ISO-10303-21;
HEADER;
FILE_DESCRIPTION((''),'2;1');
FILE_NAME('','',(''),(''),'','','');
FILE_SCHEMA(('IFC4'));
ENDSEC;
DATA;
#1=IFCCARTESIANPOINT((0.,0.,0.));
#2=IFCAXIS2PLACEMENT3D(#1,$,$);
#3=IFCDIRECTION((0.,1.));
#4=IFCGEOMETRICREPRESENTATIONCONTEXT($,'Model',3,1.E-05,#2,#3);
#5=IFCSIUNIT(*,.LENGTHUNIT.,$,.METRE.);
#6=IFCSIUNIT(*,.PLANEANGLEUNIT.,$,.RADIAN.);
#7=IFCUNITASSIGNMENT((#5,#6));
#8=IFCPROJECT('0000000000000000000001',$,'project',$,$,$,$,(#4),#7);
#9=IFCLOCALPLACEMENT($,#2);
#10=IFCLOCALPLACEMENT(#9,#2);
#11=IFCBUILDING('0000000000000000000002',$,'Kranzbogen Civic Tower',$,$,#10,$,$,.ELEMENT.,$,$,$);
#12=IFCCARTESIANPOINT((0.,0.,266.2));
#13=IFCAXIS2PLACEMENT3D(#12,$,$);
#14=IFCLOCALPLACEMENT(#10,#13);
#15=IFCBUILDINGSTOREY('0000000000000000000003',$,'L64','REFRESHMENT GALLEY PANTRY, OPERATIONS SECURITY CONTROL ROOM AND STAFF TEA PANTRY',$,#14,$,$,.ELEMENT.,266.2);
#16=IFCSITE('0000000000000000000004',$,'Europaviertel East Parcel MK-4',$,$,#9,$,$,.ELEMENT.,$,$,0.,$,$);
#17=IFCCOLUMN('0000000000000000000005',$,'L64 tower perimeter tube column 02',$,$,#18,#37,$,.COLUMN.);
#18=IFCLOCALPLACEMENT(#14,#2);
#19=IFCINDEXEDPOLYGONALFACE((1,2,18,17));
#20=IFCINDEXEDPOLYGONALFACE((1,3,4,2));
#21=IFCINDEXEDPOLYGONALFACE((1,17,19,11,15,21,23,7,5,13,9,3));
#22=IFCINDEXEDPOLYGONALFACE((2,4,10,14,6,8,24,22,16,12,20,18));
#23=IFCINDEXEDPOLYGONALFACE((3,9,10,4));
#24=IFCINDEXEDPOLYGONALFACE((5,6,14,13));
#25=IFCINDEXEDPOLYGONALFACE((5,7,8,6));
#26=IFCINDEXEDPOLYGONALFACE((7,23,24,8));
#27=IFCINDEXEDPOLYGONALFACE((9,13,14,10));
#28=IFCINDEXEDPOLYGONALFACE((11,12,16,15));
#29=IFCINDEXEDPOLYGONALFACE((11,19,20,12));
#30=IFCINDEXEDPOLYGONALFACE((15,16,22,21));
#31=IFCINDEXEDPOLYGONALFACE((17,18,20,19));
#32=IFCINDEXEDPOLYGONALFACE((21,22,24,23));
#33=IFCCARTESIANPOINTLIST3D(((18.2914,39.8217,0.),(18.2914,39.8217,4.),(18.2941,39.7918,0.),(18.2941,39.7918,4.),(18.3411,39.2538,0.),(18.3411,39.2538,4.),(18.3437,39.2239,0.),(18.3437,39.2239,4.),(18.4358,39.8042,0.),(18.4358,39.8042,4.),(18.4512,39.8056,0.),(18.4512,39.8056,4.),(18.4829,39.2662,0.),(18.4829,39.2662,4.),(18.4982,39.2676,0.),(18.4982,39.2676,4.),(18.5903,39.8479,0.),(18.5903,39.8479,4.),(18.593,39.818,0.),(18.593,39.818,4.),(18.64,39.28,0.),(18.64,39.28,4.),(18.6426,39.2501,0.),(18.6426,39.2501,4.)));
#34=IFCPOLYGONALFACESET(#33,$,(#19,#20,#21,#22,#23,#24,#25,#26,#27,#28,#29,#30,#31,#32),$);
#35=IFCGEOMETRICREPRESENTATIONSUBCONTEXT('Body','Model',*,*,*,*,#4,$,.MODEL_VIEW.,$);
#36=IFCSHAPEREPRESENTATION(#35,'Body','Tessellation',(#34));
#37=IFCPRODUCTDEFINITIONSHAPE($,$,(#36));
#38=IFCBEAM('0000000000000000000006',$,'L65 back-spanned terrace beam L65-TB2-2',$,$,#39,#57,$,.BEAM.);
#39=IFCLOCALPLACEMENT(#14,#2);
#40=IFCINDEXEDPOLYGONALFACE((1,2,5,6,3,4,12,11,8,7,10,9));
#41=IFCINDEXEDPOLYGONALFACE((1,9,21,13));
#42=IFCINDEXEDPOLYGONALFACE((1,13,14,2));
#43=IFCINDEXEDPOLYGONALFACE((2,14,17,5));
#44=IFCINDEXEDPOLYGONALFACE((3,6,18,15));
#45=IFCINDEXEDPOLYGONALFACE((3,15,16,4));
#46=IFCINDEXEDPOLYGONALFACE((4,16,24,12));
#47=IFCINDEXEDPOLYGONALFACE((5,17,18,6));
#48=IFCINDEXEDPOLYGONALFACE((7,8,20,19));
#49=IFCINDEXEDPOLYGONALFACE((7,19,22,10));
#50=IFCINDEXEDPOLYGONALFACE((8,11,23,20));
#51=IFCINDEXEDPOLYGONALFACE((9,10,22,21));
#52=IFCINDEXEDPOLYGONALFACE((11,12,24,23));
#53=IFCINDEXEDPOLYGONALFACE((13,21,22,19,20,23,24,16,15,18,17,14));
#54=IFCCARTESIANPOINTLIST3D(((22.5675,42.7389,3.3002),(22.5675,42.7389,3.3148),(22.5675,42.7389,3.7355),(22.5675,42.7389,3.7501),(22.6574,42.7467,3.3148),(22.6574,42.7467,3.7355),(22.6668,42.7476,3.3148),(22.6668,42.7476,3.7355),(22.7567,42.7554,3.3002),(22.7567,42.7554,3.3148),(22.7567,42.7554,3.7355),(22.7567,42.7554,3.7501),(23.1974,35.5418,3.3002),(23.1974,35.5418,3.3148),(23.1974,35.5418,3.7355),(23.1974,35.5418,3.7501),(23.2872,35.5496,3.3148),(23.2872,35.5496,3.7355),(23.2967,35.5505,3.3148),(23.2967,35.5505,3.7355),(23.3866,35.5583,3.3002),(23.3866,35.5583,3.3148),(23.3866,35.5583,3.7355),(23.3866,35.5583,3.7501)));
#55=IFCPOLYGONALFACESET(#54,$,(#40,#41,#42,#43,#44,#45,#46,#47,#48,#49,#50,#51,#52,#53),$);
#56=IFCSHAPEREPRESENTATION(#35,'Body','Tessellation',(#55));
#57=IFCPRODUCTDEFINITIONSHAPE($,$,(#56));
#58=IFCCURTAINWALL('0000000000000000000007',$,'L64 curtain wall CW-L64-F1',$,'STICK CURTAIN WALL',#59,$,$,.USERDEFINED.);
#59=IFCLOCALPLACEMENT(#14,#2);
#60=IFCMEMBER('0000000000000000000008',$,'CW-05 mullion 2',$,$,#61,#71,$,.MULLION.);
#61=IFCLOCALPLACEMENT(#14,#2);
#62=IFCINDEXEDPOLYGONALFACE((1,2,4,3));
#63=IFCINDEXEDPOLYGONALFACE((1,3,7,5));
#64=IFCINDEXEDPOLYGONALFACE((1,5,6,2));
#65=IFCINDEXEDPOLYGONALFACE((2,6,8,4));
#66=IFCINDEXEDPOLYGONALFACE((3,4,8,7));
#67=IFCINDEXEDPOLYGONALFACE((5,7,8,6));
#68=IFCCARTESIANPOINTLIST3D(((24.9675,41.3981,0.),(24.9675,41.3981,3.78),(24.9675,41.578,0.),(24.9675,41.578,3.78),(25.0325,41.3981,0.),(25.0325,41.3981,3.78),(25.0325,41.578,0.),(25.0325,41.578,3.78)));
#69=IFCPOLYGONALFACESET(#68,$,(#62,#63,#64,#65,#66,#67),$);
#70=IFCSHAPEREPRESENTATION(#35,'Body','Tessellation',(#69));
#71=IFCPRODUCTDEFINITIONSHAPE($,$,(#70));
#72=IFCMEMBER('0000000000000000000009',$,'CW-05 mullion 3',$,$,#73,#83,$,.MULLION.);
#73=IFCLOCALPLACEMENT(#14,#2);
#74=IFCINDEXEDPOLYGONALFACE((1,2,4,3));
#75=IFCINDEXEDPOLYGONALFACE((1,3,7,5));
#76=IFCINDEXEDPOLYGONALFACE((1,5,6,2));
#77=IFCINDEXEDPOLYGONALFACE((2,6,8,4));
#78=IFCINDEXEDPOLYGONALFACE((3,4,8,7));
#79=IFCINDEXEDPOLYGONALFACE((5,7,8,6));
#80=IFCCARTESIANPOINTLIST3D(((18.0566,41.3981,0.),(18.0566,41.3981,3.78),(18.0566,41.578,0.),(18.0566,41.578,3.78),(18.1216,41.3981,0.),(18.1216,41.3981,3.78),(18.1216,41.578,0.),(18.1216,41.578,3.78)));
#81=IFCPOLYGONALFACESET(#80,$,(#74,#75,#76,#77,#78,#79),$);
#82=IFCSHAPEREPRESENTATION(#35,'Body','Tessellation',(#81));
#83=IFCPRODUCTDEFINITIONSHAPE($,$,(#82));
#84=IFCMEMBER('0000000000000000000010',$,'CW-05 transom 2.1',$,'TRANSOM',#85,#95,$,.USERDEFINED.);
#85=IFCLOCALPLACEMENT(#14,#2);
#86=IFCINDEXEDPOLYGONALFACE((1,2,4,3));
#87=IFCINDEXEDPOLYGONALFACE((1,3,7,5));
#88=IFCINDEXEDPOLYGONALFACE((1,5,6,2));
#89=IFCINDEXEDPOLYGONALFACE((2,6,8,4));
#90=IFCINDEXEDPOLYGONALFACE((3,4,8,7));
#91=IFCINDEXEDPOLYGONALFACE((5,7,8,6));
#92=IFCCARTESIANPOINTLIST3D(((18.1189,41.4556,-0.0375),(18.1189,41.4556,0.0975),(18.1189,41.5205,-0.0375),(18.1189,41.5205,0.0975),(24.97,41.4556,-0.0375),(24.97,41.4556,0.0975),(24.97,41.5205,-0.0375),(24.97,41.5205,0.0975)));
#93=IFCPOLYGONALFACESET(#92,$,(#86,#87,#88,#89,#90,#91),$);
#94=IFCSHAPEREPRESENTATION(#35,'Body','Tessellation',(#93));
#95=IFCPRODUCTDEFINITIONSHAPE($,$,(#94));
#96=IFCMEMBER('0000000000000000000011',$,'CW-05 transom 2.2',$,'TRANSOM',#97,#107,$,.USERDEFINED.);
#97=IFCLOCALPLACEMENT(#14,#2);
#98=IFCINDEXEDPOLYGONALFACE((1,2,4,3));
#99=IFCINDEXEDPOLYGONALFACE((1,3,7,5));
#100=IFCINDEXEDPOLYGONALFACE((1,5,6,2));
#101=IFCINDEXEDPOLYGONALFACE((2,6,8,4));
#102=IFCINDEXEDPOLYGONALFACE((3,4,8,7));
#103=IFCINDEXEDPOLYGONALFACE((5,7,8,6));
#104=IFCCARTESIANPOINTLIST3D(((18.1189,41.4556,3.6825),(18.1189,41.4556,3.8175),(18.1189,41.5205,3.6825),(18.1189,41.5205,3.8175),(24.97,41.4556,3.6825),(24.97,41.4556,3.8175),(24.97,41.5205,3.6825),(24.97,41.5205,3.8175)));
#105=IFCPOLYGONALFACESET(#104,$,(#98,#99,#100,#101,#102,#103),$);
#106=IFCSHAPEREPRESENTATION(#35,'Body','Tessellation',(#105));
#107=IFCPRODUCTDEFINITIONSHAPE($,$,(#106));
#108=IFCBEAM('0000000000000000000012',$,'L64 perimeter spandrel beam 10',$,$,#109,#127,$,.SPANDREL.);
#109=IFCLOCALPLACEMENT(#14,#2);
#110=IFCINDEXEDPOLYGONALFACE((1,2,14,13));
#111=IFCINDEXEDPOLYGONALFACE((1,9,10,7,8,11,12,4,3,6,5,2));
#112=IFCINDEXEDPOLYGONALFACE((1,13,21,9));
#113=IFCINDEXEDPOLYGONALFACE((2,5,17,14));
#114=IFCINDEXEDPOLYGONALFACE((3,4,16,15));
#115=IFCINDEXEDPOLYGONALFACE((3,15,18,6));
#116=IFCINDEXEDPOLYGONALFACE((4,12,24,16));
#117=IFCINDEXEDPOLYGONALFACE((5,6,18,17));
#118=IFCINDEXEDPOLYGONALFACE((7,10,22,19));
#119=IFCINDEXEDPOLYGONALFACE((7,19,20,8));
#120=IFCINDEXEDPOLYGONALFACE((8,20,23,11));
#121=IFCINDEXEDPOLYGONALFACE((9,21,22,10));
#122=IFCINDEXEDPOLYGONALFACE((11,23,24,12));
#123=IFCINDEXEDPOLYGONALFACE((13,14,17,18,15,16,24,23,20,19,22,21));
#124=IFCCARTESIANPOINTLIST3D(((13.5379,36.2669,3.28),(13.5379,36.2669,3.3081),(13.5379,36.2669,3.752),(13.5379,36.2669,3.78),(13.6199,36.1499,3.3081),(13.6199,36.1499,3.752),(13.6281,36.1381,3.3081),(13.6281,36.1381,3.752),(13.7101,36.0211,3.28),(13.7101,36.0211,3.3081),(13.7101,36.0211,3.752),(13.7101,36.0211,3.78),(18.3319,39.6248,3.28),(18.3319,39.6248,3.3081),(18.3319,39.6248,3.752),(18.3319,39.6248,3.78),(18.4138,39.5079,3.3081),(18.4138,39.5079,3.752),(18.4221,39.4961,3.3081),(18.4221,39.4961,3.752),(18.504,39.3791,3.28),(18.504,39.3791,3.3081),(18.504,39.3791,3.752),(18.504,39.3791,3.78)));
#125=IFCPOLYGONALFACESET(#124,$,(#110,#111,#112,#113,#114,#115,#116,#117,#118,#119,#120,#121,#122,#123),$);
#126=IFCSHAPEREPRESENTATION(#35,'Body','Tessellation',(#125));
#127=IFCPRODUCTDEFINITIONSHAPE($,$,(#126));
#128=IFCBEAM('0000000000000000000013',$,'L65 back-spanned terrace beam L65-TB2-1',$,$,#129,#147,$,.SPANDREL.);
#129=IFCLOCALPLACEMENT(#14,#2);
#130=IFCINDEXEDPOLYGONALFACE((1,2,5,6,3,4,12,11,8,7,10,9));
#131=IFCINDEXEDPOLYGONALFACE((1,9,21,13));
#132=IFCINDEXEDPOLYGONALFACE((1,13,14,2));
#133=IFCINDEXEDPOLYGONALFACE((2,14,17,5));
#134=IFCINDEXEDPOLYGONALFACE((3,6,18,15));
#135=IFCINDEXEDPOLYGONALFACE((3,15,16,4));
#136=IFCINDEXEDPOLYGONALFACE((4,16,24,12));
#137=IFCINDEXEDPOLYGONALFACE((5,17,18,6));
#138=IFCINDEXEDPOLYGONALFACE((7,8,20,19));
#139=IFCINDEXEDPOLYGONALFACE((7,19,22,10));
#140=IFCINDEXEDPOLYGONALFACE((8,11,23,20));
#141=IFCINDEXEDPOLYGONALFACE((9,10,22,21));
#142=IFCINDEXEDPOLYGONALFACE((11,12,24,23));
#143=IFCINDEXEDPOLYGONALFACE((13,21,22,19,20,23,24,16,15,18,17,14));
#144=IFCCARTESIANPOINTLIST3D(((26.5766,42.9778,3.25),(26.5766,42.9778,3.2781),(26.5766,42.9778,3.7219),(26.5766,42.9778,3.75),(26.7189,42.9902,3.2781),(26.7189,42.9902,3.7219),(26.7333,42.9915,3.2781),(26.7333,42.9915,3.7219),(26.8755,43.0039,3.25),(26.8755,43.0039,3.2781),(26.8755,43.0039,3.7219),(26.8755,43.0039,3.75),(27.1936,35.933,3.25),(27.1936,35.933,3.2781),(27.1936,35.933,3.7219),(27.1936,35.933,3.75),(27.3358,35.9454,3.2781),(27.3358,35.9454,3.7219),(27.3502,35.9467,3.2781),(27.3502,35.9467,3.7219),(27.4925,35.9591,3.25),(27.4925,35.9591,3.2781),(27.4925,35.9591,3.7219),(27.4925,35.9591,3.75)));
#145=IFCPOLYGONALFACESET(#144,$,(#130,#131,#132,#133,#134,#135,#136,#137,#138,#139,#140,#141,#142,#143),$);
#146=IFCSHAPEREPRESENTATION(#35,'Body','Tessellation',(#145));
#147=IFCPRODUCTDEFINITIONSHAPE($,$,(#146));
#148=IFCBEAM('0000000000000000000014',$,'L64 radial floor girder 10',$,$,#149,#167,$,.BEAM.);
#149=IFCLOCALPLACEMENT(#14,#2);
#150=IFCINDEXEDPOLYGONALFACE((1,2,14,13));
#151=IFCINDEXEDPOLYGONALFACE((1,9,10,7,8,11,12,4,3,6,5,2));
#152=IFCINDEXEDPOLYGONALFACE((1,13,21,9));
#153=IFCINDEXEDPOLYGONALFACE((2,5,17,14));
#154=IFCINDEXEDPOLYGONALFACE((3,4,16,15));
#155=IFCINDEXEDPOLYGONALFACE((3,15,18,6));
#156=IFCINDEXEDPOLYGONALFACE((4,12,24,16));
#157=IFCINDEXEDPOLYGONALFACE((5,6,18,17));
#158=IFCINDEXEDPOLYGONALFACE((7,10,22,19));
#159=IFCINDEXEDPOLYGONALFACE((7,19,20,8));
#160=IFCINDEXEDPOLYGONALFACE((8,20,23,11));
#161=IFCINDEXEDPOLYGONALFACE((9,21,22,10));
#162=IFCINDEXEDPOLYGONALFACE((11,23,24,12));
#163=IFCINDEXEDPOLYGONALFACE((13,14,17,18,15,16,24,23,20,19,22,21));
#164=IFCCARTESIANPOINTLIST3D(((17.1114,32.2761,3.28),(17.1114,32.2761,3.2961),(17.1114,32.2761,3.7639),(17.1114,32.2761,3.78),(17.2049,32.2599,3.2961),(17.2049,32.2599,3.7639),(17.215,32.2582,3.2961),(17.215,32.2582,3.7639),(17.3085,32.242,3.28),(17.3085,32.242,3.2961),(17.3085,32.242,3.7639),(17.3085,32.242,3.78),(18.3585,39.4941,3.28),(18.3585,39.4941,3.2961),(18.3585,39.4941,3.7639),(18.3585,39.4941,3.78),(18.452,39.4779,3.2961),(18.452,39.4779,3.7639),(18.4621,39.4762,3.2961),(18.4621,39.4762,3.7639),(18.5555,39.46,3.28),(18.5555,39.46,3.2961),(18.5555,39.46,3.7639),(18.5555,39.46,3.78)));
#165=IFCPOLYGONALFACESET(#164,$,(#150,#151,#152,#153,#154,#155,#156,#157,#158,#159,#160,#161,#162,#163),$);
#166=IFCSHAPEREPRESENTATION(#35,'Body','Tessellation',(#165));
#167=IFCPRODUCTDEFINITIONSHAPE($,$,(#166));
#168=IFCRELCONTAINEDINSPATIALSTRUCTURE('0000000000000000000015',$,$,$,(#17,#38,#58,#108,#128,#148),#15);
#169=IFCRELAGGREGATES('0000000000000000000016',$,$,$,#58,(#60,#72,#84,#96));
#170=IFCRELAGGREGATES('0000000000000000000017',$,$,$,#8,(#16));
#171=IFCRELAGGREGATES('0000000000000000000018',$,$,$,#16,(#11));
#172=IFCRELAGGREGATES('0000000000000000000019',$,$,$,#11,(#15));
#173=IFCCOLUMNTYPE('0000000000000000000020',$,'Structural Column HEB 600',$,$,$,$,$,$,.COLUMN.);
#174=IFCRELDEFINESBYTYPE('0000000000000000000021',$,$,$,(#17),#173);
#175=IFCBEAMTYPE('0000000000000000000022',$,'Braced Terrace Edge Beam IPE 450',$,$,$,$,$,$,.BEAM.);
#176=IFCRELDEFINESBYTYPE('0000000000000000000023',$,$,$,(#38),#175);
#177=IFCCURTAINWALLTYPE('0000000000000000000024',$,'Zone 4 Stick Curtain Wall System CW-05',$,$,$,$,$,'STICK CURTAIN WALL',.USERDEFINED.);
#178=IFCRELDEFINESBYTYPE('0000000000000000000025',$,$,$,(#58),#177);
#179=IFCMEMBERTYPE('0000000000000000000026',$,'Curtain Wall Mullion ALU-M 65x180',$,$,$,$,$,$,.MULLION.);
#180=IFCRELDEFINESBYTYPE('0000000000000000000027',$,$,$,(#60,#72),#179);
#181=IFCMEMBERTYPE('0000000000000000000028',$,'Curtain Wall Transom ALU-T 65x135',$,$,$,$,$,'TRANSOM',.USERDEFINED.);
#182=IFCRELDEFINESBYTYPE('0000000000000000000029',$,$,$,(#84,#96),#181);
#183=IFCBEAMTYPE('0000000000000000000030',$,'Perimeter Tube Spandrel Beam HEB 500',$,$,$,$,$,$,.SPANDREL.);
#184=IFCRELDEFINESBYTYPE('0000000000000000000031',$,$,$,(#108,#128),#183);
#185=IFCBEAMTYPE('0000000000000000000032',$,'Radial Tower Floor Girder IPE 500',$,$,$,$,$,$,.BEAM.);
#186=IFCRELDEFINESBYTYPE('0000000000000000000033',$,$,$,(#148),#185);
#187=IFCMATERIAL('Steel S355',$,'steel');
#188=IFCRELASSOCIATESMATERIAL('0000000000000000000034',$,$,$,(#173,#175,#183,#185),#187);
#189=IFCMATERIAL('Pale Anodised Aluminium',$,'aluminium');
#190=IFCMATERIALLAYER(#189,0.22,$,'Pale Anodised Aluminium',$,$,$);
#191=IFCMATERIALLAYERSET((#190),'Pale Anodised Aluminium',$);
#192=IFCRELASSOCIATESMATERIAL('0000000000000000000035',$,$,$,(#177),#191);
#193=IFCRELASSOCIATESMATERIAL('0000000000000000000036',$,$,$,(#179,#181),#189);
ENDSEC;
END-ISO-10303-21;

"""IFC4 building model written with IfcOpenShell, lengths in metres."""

from ifc_helpers import new_model, si_unit, direction, frame, origin, origin_2d, place, context, subcontext, project, spatial, rectangle, i_section, extrude, material, layer, layer_set, material_profile, profile_set, type_object, element, aggregate, save


model = new_model("IFC4")

# Units and contexts
model_context = context("Model", 3, precision=1e-05, world=origin(), true_north=direction((0.0, 1.0)))
body_context = subcontext(model_context, "Body", "Model", "MODEL_VIEW")
ifc_project = project(units=[si_unit("LENGTHUNIT", "METRE"), si_unit("PLANEANGLEUNIT", "RADIAN")], contexts=[model_context])

# Site, building, storey
site_placement = place(None, origin())
site = spatial("IfcSite", under=ifc_project, at=site_placement, Name="Europaviertel East Parcel MK-4", CompositionType="ELEMENT", RefElevation=0.0)
building_placement = place(site_placement, origin())
building = spatial("IfcBuilding", under=site, at=building_placement, Name="Kranzbogen Civic Tower", CompositionType="ELEMENT")
storey_placement = place(building_placement, frame((0.0, 0.0, 266.2)))
storey = spatial("IfcBuildingStorey", under=building, at=storey_placement, Name="L64", Description="REFRESHMENT GALLEY PANTRY, OPERATIONS SECURITY CONTROL ROOM AND STAFF TEA PANTRY", CompositionType="ELEMENT", Elevation=266.2)

# Column
ifc_material_1 = material(Name="Steel S355", Category="steel")
ifc_material_profile_1 = material_profile(ifc_material_1, i_section(OverallWidth=0.3, OverallDepth=0.6001, WebThickness=0.0154, FlangeThickness=0.03, at=origin_2d()), Name="HEB 600")
ifc_profile_set_1 = profile_set([ifc_material_profile_1], Name="Steel S355")
column_type = type_object("IfcColumnType", Name="Structural Column HEB 600", PredefinedType="COLUMN", material=ifc_profile_set_1)
column_placement = place(storey_placement, frame((18.467, 39.5359, 0.0), z_axis=(0.0, 0.0, 1.0), x_axis=(0.996195, 0.087156, 0.0)))
element("IfcColumn", 1, at=column_placement, inside=storey, type_object=column_type, Name="L64 tower perimeter tube column 02", PredefinedType="COLUMN", context=body_context, shape_type="SweptSolid", body=[
    extrude(i_section(OverallWidth=0.3, OverallDepth=0.6001, WebThickness=0.0154, FlangeThickness=0.03, at=origin_2d()), origin(), (0.0, 0.0, 1.0), 4.0),
])

# Beam
ifc_material_profile_2 = material_profile(ifc_material_1, i_section(OverallWidth=0.1899, OverallDepth=0.45, WebThickness=0.0095, FlangeThickness=0.0146, at=origin_2d()), Name="IPE 450")
ifc_profile_set_2 = profile_set([ifc_material_profile_2], Name="Steel S355")
beam_type_1 = type_object("IfcBeamType", Name="Braced Terrace Edge Beam IPE 450", PredefinedType="BEAM", material=ifc_profile_set_2)
beam_1_placement = place(storey_placement, frame((23.292, 35.55, 3.5251), z_axis=(-0.087187, 0.996192, 0.0), x_axis=(-0.996192, -0.087187, 0.0)))
element("IfcBeam", 2, at=beam_1_placement, inside=storey, type_object=beam_type_1, Name="L65 back-spanned terrace beam L65-TB2-2", PredefinedType="BEAM", context=body_context, shape_type="SweptSolid", body=[
    extrude(i_section(OverallWidth=0.1899, OverallDepth=0.45, WebThickness=0.0095, FlangeThickness=0.0146, at=origin_2d()), origin(), (0.0, 0.0, 1.0), 7.2246),
])

# Curtain wall, members
ifc_material_2 = material(Name="Pale Anodised Aluminium", Category="aluminium")
ifc_layer_1 = layer(ifc_material_2, 0.22, Name="Pale Anodised Aluminium")
ifc_layer_set_1 = layer_set([ifc_layer_1], Name="Pale Anodised Aluminium")
curtain_wall_type = type_object("IfcCurtainWallType", Name="Zone 4 Stick Curtain Wall System CW-05", ElementType="STICK CURTAIN WALL", PredefinedType="USERDEFINED", material=ifc_layer_set_1)
curtain_wall_placement = place(storey_placement, origin())
curtain_wall = element("IfcCurtainWall", 3, at=curtain_wall_placement, inside=storey, type_object=curtain_wall_type, Name="L64 curtain wall CW-L64-F1", ObjectType="STICK CURTAIN WALL", PredefinedType="USERDEFINED")
ifc_material_profile_3 = material_profile(ifc_material_2, rectangle(XDim=0.0649, YDim=0.1799, at=origin_2d()), Name="ALU-M 65x180")
ifc_profile_set_3 = profile_set([ifc_material_profile_3], Name="Pale Anodised Aluminium")
member_type_1 = type_object("IfcMemberType", Name="Curtain Wall Mullion ALU-M 65x180", PredefinedType="MULLION", material=ifc_profile_set_3)
member_1_placement = place(storey_placement, frame((25.0, 41.488, 0.0), z_axis=(0.0, 0.0, 1.0), x_axis=(-1.0, 0.0, 0.0)))
member_1 = element("IfcMember", 4, at=member_1_placement, type_object=member_type_1, Name="CW-05 mullion 2", PredefinedType="MULLION", context=body_context, shape_type="SweptSolid", body=[
    extrude(rectangle(XDim=0.0649, YDim=0.1799, at=origin_2d()), origin(), (0.0, 0.0, 1.0), 3.78),
])
member_2_placement = place(storey_placement, frame((18.0891, 41.488, 0.0), z_axis=(0.0, 0.0, 1.0), x_axis=(-1.0, 0.0, 0.0)))
member_2 = element("IfcMember", 5, at=member_2_placement, type_object=member_type_1, Name="CW-05 mullion 3", PredefinedType="MULLION", context=body_context, shape_type="SweptSolid", body=[
    extrude(rectangle(XDim=0.0649, YDim=0.1799, at=origin_2d()), origin(), (0.0, 0.0, 1.0), 3.78),
])
ifc_material_profile_4 = material_profile(ifc_material_2, rectangle(XDim=0.0649, YDim=0.135, at=origin_2d()), Name="ALU-T 65x135")
ifc_profile_set_4 = profile_set([ifc_material_profile_4], Name="Pale Anodised Aluminium")
member_type_2 = type_object("IfcMemberType", Name="Curtain Wall Transom ALU-T 65x135", ElementType="TRANSOM", PredefinedType="USERDEFINED", material=ifc_profile_set_4)
member_3_placement = place(storey_placement, frame((24.97, 41.488, 0.03), z_axis=(-1.0, 0.0, 0.0), x_axis=(0.0, -1.0, 0.0)))
member_3 = element("IfcMember", 6, at=member_3_placement, type_object=member_type_2, Name="CW-05 transom 2.1", ObjectType="TRANSOM", PredefinedType="USERDEFINED", context=body_context, shape_type="SweptSolid", body=[
    extrude(rectangle(XDim=0.0649, YDim=0.135, at=origin_2d()), origin(), (0.0, 0.0, 1.0), 6.8511),
])
member_4_placement = place(storey_placement, frame((24.97, 41.488, 3.75), z_axis=(-1.0, 0.0, 0.0), x_axis=(0.0, -1.0, 0.0)))
member_4 = element("IfcMember", 7, at=member_4_placement, type_object=member_type_2, Name="CW-05 transom 2.2", ObjectType="TRANSOM", PredefinedType="USERDEFINED", context=body_context, shape_type="SweptSolid", body=[
    extrude(rectangle(XDim=0.0649, YDim=0.135, at=origin_2d()), origin(), (0.0, 0.0, 1.0), 6.8511),
])

# Beams
ifc_material_profile_5 = material_profile(ifc_material_1, i_section(OverallWidth=0.3, OverallDepth=0.5, WebThickness=0.0144, FlangeThickness=0.0281, at=origin_2d()), Name="HEB 500")
ifc_profile_set_5 = profile_set([ifc_material_profile_5], Name="Steel S355")
beam_type_2 = type_object("IfcBeamType", Name="Perimeter Tube Spandrel Beam HEB 500", PredefinedType="SPANDREL", material=ifc_profile_set_5)
beam_2_placement = place(storey_placement, frame((18.418, 39.502, 3.53), z_axis=(-0.819059, -0.573709, 0.0), x_axis=(0.573709, -0.819059, 0.0)))
element("IfcBeam", 8, at=beam_2_placement, inside=storey, type_object=beam_type_2, Name="L64 perimeter spandrel beam 10", PredefinedType="SPANDREL", context=body_context, shape_type="SweptSolid", body=[
    extrude(i_section(OverallWidth=0.3, OverallDepth=0.5, WebThickness=0.0144, FlangeThickness=0.0281, at=origin_2d()), origin(), (0.0, 0.0, 1.0), 5.853),
])
beam_3_placement = place(storey_placement, frame((27.343, 35.946, 3.5), z_axis=(-0.087239, 0.996187, 0.0), x_axis=(-0.996187, -0.087239, 0.0)))
element("IfcBeam", 9, at=beam_3_placement, inside=storey, type_object=beam_type_2, Name="L65 back-spanned terrace beam L65-TB2-1", PredefinedType="SPANDREL", context=body_context, shape_type="SweptSolid", body=[
    extrude(i_section(OverallWidth=0.3, OverallDepth=0.5, WebThickness=0.0144, FlangeThickness=0.0281, at=origin_2d()), origin(), (0.0, 0.0, 1.0), 7.0718),
])
ifc_material_profile_6 = material_profile(ifc_material_1, i_section(OverallWidth=0.2, OverallDepth=0.5, WebThickness=0.0103, FlangeThickness=0.0161, at=origin_2d()), Name="IPE 500")
ifc_profile_set_6 = profile_set([ifc_material_profile_6], Name="Steel S355")
beam_type_3 = type_object("IfcBeamType", Name="Radial Tower Floor Girder IPE 500", PredefinedType="BEAM", material=ifc_profile_set_6)
beam_4_placement = place(storey_placement, frame((18.457, 39.4771, 3.53), z_axis=(-0.17025, -0.985401, 0.0), x_axis=(0.985401, -0.17025, 0.0)))
element("IfcBeam", 10, at=beam_4_placement, inside=storey, type_object=beam_type_3, Name="L64 radial floor girder 10", PredefinedType="BEAM", context=body_context, shape_type="SweptSolid", body=[
    extrude(i_section(OverallWidth=0.2, OverallDepth=0.5, WebThickness=0.0103, FlangeThickness=0.0161, at=origin_2d()), origin(), (0.0, 0.0, 1.0), 7.325),
])

aggregate(curtain_wall, [member_1, member_2, member_3, member_4])

save(model, "model.ifc")
